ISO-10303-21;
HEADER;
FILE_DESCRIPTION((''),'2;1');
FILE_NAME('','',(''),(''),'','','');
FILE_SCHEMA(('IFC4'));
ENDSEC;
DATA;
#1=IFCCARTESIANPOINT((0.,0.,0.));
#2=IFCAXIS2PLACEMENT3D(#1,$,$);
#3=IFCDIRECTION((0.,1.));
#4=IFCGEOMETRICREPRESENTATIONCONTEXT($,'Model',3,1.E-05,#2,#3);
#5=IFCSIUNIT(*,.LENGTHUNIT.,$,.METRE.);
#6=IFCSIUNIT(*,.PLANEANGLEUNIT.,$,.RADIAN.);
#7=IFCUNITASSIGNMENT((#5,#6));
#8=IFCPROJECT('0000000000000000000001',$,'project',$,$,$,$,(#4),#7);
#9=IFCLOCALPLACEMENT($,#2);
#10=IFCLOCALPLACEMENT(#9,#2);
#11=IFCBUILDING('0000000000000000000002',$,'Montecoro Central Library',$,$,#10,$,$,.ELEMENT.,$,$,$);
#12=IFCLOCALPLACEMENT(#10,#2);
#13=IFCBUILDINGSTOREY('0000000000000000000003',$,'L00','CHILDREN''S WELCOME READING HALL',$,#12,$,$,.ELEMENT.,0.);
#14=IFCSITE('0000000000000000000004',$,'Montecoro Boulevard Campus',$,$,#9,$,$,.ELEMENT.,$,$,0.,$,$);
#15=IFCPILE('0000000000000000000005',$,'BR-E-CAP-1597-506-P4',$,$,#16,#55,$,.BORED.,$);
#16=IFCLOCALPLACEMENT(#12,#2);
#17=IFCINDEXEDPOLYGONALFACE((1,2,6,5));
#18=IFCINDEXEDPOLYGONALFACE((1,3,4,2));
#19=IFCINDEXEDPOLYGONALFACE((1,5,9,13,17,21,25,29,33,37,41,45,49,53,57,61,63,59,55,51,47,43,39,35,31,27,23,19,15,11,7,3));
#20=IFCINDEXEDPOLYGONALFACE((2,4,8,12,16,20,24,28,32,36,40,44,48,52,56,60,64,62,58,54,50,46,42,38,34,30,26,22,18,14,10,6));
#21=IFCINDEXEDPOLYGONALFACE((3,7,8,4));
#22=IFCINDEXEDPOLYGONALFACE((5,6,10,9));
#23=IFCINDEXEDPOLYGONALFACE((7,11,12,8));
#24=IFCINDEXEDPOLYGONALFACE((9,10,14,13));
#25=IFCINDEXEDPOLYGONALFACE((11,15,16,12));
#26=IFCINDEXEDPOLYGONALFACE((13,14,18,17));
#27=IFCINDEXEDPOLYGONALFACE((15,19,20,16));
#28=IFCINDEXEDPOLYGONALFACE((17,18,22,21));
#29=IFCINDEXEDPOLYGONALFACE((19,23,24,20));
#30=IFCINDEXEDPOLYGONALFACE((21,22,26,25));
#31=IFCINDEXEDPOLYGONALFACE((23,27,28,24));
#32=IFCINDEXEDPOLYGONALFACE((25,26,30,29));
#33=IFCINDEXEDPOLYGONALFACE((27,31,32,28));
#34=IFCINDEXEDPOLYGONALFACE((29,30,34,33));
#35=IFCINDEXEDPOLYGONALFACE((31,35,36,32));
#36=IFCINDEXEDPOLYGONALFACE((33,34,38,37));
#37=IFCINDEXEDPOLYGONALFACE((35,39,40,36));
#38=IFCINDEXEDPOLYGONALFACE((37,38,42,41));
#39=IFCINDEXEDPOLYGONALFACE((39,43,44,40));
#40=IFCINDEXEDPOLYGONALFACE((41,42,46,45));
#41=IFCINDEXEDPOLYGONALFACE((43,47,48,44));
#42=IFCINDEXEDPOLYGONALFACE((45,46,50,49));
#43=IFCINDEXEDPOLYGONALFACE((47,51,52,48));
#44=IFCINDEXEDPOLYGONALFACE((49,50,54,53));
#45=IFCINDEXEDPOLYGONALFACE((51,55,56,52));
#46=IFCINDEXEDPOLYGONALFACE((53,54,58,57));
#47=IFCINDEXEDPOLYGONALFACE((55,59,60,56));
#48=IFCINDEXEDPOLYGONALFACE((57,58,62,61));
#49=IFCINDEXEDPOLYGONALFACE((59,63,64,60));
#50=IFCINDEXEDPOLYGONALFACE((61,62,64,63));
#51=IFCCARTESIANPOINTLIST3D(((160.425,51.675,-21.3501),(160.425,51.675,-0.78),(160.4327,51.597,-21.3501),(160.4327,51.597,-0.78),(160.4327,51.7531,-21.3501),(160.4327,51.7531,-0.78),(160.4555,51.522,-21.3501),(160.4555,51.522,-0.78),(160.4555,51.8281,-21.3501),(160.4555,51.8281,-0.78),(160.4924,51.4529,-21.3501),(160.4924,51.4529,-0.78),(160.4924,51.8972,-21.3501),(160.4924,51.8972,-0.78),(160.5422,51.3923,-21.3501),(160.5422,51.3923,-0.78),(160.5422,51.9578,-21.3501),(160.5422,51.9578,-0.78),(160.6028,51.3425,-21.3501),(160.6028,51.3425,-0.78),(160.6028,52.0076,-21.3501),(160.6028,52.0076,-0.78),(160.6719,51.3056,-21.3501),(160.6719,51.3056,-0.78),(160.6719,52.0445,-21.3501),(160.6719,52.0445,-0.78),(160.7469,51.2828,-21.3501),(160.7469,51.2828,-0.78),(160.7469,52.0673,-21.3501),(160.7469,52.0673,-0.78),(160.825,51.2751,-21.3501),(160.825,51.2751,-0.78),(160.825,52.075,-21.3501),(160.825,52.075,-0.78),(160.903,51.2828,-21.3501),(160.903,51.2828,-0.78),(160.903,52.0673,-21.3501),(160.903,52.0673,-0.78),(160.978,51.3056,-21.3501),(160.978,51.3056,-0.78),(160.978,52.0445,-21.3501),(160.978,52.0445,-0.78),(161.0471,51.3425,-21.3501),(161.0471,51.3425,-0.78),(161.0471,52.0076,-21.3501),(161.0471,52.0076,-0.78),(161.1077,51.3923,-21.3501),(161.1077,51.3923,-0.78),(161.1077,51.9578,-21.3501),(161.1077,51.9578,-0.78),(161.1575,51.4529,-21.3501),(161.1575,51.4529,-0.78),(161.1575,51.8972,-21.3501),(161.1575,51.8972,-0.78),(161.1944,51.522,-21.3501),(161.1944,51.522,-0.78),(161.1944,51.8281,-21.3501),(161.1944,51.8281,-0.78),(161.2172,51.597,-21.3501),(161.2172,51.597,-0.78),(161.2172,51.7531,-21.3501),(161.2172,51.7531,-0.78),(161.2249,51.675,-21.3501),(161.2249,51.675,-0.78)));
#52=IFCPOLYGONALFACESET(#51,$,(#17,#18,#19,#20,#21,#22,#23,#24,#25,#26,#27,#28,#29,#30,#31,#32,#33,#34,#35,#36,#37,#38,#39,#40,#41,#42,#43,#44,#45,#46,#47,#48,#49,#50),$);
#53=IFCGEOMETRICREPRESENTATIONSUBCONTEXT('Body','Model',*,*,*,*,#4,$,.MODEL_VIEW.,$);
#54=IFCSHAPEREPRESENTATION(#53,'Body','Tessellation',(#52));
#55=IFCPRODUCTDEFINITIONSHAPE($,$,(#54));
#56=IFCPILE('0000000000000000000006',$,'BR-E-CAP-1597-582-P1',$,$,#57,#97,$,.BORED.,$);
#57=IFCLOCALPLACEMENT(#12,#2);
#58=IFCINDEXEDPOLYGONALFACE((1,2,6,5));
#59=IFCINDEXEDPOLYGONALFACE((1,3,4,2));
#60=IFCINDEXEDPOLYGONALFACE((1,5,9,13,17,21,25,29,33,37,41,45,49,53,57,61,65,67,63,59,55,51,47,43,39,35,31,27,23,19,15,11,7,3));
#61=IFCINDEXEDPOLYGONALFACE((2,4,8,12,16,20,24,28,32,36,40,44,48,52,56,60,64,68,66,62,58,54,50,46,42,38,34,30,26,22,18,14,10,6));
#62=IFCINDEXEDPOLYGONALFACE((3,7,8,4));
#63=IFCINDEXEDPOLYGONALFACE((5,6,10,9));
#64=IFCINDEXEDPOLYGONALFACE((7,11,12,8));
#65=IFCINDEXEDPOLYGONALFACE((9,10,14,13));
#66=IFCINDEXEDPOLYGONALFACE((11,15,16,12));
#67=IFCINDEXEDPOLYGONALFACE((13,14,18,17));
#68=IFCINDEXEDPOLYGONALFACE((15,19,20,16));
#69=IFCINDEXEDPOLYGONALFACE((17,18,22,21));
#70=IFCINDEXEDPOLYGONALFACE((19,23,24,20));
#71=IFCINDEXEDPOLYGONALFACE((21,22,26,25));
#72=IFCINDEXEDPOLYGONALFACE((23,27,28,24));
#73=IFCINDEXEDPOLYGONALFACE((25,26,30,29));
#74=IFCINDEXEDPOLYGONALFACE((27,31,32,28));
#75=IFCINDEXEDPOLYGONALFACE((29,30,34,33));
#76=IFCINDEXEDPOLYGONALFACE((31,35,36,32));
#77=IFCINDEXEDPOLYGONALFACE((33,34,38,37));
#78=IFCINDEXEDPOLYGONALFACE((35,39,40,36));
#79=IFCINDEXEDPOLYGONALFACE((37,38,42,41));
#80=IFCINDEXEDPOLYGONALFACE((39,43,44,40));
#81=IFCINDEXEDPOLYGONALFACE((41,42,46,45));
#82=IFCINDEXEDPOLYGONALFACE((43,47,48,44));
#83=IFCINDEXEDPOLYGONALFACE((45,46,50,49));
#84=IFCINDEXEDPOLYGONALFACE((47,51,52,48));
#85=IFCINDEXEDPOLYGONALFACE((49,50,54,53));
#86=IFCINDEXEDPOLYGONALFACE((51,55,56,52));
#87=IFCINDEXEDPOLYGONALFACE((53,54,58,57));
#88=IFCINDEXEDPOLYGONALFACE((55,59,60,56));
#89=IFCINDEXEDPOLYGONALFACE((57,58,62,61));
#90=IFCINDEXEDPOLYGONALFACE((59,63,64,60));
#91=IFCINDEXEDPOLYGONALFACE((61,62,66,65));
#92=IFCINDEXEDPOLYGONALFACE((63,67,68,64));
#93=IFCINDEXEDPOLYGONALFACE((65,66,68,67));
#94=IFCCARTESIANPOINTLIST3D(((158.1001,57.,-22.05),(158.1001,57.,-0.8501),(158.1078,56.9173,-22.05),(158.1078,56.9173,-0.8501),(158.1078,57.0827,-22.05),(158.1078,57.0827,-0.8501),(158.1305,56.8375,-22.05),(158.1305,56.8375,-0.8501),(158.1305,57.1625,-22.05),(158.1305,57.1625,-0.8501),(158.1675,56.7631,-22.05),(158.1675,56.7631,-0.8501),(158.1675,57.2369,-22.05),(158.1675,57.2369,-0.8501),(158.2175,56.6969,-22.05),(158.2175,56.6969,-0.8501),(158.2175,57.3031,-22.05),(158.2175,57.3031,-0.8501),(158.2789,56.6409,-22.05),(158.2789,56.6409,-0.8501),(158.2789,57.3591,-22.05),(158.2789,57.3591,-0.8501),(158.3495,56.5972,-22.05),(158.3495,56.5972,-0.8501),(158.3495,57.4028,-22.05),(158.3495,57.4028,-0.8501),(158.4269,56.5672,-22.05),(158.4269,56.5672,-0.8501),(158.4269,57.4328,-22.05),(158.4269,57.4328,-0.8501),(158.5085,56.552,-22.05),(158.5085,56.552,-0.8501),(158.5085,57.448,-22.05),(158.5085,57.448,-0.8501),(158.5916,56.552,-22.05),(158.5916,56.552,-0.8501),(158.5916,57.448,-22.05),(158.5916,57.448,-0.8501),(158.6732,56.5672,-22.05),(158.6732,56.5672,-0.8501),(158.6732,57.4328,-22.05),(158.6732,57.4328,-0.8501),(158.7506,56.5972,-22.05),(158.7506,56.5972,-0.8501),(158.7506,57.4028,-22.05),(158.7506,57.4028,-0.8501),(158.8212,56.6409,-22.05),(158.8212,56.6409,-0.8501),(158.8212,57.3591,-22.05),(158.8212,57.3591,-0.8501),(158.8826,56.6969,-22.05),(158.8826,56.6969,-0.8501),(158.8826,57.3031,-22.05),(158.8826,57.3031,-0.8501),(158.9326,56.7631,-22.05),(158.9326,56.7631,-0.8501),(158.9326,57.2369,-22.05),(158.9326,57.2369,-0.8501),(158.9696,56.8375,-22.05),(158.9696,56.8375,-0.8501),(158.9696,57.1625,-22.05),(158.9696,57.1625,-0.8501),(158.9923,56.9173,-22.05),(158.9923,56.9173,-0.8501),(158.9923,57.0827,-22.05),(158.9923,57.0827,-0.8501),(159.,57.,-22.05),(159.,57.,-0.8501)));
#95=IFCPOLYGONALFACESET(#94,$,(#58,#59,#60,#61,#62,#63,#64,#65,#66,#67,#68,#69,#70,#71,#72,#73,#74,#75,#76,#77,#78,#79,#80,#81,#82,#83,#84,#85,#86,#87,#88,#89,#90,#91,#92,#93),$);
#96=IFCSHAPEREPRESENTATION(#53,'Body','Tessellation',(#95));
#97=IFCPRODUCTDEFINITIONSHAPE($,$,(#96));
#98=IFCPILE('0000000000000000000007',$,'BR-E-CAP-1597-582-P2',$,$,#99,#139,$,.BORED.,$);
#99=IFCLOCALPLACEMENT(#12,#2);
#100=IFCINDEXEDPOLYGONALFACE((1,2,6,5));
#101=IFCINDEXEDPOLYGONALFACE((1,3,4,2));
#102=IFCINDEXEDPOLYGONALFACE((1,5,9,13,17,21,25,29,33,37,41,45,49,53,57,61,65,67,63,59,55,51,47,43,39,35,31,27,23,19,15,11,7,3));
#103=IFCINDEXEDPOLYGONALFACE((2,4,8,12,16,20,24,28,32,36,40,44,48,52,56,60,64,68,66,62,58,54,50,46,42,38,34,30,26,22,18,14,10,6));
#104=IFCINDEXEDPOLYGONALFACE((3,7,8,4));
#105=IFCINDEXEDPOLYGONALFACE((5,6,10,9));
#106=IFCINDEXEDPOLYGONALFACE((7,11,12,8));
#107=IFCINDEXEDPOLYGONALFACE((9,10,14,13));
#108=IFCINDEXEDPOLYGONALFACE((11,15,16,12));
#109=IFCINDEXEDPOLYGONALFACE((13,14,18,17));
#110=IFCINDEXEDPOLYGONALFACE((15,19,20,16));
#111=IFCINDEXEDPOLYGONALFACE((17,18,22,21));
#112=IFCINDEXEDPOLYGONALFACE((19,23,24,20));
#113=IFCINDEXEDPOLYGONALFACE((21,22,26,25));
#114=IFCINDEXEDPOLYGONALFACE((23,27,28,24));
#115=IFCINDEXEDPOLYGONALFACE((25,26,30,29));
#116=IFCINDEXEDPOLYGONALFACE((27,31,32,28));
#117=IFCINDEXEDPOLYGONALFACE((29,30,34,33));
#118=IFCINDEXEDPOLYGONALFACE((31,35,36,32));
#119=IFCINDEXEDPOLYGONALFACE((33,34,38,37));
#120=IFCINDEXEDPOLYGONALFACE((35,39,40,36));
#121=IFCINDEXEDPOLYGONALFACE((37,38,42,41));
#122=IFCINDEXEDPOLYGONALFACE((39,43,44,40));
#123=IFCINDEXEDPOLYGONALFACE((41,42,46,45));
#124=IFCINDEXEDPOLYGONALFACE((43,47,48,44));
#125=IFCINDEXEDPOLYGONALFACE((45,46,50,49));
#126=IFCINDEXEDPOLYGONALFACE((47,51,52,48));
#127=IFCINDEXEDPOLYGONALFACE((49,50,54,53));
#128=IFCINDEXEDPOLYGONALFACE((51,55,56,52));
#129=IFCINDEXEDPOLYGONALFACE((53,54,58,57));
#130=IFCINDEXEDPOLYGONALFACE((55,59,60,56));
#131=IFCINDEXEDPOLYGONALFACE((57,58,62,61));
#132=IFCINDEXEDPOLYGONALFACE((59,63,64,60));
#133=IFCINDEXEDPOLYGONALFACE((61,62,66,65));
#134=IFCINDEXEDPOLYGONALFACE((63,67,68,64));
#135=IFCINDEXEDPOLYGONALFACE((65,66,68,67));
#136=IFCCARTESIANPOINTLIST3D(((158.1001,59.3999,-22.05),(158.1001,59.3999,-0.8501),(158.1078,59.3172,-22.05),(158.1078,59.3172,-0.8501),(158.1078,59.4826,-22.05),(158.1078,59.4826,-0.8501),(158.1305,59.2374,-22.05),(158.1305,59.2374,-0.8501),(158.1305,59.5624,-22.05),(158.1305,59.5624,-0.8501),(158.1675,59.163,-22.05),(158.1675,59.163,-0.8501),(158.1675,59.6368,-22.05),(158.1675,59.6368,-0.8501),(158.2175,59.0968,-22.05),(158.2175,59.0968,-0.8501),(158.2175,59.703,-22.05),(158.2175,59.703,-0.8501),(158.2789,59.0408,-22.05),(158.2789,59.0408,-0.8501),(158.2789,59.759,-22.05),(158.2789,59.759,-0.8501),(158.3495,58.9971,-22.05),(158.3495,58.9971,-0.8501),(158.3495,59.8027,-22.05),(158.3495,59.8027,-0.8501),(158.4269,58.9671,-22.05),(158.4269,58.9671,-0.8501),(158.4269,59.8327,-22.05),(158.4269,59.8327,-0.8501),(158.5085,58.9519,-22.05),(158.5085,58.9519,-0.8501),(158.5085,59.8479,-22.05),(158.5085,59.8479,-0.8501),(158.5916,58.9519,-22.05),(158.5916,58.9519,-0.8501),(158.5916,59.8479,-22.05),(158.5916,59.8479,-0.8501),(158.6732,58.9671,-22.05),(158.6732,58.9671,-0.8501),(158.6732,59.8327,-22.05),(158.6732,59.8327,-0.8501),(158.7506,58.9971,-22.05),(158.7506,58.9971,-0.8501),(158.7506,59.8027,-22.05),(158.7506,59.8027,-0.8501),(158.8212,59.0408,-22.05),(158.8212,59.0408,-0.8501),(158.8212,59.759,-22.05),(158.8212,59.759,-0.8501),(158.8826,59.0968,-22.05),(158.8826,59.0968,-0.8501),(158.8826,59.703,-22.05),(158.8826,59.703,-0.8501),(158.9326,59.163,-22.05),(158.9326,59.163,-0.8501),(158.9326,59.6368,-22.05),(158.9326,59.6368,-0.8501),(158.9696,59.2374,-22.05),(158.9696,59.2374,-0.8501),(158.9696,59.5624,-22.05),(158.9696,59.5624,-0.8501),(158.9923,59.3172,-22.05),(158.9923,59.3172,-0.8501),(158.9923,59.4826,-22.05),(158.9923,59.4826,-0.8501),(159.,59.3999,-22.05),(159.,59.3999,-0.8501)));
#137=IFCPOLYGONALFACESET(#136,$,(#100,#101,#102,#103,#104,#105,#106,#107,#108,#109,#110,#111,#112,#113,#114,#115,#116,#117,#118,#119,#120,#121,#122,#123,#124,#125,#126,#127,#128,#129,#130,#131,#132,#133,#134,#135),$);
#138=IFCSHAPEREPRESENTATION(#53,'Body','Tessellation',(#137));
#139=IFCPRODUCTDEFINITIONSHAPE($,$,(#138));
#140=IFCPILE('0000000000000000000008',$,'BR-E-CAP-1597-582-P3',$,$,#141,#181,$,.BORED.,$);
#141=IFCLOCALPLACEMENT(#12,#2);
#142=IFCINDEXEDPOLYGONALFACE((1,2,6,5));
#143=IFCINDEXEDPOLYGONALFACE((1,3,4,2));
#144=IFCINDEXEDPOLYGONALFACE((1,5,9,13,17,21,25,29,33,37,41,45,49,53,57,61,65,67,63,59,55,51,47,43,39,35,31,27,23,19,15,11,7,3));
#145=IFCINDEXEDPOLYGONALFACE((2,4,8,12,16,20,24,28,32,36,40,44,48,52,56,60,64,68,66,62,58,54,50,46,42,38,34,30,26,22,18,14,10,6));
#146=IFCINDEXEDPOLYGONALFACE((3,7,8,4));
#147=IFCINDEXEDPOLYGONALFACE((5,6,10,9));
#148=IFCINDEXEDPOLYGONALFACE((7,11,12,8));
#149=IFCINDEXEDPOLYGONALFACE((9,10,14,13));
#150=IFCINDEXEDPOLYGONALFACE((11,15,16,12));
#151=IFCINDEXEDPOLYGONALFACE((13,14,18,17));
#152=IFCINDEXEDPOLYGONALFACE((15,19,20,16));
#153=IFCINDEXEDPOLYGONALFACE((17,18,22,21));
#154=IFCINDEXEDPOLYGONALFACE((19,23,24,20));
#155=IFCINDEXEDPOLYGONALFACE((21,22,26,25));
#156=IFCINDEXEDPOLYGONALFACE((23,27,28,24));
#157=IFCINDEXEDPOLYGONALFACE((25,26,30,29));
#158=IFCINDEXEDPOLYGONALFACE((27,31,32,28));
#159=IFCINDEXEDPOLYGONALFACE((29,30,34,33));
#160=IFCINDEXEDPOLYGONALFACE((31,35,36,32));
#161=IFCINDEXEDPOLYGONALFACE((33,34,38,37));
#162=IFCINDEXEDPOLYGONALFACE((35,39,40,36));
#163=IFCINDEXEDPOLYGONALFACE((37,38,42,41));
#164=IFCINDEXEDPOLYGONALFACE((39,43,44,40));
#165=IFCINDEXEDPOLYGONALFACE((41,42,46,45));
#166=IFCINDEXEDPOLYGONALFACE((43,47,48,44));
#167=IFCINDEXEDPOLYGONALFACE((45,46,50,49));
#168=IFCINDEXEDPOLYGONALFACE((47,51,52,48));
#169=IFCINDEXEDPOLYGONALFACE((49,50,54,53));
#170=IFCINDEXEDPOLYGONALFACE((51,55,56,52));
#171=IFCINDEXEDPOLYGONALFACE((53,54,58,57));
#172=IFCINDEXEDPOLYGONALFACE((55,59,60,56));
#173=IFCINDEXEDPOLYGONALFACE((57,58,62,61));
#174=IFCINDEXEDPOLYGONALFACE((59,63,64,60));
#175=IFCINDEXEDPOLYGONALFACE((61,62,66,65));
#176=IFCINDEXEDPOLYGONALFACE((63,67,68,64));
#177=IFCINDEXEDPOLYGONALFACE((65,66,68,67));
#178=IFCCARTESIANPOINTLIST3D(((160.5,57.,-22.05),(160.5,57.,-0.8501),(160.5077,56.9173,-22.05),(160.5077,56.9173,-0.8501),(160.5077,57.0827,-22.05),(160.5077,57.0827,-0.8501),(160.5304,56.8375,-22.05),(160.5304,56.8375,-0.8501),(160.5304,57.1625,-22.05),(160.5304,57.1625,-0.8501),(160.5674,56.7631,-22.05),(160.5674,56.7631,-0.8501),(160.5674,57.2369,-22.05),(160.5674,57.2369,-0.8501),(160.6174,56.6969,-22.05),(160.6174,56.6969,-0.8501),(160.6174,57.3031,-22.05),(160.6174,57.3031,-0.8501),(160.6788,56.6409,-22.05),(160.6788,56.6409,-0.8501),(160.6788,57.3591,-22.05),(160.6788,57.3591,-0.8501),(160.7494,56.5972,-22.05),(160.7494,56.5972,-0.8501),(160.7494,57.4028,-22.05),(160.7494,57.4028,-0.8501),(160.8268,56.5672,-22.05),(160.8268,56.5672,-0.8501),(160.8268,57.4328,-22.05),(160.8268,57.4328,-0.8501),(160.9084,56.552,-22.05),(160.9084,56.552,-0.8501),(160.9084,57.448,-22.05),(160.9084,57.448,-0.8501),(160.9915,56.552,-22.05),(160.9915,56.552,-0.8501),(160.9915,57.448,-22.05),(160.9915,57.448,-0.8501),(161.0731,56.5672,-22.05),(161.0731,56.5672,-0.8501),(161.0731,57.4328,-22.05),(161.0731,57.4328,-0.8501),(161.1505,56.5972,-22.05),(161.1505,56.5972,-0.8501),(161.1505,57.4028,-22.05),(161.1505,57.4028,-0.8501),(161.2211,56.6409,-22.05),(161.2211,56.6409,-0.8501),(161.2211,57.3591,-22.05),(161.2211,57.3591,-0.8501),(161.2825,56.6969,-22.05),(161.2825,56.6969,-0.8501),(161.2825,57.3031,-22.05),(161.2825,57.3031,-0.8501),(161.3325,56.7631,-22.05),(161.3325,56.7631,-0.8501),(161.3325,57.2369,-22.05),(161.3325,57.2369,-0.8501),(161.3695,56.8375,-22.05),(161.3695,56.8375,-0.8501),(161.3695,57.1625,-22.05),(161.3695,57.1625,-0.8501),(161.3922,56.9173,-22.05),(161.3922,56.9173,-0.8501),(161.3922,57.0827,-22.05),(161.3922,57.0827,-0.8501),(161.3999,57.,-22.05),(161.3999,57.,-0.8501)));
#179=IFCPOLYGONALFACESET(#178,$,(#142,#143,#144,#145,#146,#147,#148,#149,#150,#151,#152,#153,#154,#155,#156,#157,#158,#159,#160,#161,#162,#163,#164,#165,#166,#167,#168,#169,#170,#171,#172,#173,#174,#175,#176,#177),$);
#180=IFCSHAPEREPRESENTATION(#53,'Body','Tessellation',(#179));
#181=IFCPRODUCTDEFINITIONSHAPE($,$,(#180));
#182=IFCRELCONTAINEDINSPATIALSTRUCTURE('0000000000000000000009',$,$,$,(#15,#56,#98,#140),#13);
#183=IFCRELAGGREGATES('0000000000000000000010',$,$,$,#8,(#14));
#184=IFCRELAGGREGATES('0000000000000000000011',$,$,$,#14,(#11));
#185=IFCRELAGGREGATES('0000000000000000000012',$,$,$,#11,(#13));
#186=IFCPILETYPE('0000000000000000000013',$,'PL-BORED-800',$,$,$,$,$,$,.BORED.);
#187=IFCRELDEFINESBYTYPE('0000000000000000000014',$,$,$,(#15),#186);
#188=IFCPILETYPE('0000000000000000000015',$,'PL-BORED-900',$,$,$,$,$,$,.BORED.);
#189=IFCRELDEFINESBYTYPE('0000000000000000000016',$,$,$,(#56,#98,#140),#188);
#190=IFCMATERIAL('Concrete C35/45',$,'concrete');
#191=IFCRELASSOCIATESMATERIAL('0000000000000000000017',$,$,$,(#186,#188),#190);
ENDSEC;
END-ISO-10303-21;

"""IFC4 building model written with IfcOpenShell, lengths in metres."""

from ifc_helpers import new_model, si_unit, direction, frame, origin, origin_2d, place, context, subcontext, project, spatial, circle, extrude, material, material_profile, profile_set, type_object, element, save


model = new_model("IFC4")

# Units and contexts
model_context = context("Model", 3, precision=1e-05, world=origin(), true_north=direction((0.0, 1.0)))
body_context = subcontext(model_context, "Body", "Model", "MODEL_VIEW")
ifc_project = project(units=[si_unit("LENGTHUNIT", "METRE"), si_unit("PLANEANGLEUNIT", "RADIAN")], contexts=[model_context])

# Site, building, storey
site_placement = place(None, origin())
site = spatial("IfcSite", under=ifc_project, at=site_placement, Name="Montecoro Boulevard Campus", CompositionType="ELEMENT", RefElevation=0.0)
building_placement = place(site_placement, origin())
building = spatial("IfcBuilding", under=site, at=building_placement, Name="Montecoro Central Library", CompositionType="ELEMENT")
storey_placement = place(building_placement, origin())
storey = spatial("IfcBuildingStorey", under=building, at=storey_placement, Name="L00", Description="CHILDREN'S WELCOME READING HALL", CompositionType="ELEMENT", Elevation=0.0)

# Shared definitions
ifc_material_1 = material(Name="Concrete C35/45", Category="concrete")

# Piles
ifc_material_profile_1 = material_profile(ifc_material_1, circle(Radius=0.3999, at=origin_2d()), Name="PILE D800")
ifc_profile_set_1 = profile_set([ifc_material_profile_1], Name="Concrete C35/45")
pile_type_1 = type_object("IfcPileType", Name="PL-BORED-800", PredefinedType="BORED", material=ifc_profile_set_1)
for number, where, z_axis, x_axis, name in (
    (1, (160.825, 51.675, -0.78), (0.0, 0.0, -1.0), (1.0, 0.0, 0.0), "BR-E-CAP-1597-506-P4"),
):
    element("IfcPile", number, at=place(storey_placement, frame(where, z_axis=z_axis, x_axis=x_axis)), inside=storey, type_object=pile_type_1, Name=name, PredefinedType="BORED", context=body_context, shape_type="SweptSolid", body=[
        extrude(circle(Radius=0.3999, at=origin_2d()), origin(), (0.0, 0.0, 1.0), 20.5701),
    ])
ifc_material_profile_2 = material_profile(ifc_material_1, circle(Radius=0.45, at=origin_2d()), Name="PILE D900")
ifc_profile_set_2 = profile_set([ifc_material_profile_2], Name="Concrete C35/45")
pile_type_2 = type_object("IfcPileType", Name="PL-BORED-900", PredefinedType="BORED", material=ifc_profile_set_2)
for number, where, z_axis, x_axis, name in (
    (2, (158.55, 57.0, -0.8501), (0.0, 0.0, -1.0), (1.0, 0.0, 0.0), "BR-E-CAP-1597-582-P1"),
    (3, (158.55, 59.3999, -0.8501), (0.0, 0.0, -1.0), (1.0, 0.0, 0.0), "BR-E-CAP-1597-582-P2"),
    (4, (160.95, 57.0, -0.8501), (0.0, 0.0, -1.0), (1.0, 0.0, 0.0), "BR-E-CAP-1597-582-P3"),
):
    element("IfcPile", number, at=place(storey_placement, frame(where, z_axis=z_axis, x_axis=x_axis)), inside=storey, type_object=pile_type_2, Name=name, PredefinedType="BORED", context=body_context, shape_type="SweptSolid", body=[
        extrude(circle(Radius=0.45, at=origin_2d()), origin(), (0.0, 0.0, 1.0), 21.2),
    ])

save(model, "model.ifc")
